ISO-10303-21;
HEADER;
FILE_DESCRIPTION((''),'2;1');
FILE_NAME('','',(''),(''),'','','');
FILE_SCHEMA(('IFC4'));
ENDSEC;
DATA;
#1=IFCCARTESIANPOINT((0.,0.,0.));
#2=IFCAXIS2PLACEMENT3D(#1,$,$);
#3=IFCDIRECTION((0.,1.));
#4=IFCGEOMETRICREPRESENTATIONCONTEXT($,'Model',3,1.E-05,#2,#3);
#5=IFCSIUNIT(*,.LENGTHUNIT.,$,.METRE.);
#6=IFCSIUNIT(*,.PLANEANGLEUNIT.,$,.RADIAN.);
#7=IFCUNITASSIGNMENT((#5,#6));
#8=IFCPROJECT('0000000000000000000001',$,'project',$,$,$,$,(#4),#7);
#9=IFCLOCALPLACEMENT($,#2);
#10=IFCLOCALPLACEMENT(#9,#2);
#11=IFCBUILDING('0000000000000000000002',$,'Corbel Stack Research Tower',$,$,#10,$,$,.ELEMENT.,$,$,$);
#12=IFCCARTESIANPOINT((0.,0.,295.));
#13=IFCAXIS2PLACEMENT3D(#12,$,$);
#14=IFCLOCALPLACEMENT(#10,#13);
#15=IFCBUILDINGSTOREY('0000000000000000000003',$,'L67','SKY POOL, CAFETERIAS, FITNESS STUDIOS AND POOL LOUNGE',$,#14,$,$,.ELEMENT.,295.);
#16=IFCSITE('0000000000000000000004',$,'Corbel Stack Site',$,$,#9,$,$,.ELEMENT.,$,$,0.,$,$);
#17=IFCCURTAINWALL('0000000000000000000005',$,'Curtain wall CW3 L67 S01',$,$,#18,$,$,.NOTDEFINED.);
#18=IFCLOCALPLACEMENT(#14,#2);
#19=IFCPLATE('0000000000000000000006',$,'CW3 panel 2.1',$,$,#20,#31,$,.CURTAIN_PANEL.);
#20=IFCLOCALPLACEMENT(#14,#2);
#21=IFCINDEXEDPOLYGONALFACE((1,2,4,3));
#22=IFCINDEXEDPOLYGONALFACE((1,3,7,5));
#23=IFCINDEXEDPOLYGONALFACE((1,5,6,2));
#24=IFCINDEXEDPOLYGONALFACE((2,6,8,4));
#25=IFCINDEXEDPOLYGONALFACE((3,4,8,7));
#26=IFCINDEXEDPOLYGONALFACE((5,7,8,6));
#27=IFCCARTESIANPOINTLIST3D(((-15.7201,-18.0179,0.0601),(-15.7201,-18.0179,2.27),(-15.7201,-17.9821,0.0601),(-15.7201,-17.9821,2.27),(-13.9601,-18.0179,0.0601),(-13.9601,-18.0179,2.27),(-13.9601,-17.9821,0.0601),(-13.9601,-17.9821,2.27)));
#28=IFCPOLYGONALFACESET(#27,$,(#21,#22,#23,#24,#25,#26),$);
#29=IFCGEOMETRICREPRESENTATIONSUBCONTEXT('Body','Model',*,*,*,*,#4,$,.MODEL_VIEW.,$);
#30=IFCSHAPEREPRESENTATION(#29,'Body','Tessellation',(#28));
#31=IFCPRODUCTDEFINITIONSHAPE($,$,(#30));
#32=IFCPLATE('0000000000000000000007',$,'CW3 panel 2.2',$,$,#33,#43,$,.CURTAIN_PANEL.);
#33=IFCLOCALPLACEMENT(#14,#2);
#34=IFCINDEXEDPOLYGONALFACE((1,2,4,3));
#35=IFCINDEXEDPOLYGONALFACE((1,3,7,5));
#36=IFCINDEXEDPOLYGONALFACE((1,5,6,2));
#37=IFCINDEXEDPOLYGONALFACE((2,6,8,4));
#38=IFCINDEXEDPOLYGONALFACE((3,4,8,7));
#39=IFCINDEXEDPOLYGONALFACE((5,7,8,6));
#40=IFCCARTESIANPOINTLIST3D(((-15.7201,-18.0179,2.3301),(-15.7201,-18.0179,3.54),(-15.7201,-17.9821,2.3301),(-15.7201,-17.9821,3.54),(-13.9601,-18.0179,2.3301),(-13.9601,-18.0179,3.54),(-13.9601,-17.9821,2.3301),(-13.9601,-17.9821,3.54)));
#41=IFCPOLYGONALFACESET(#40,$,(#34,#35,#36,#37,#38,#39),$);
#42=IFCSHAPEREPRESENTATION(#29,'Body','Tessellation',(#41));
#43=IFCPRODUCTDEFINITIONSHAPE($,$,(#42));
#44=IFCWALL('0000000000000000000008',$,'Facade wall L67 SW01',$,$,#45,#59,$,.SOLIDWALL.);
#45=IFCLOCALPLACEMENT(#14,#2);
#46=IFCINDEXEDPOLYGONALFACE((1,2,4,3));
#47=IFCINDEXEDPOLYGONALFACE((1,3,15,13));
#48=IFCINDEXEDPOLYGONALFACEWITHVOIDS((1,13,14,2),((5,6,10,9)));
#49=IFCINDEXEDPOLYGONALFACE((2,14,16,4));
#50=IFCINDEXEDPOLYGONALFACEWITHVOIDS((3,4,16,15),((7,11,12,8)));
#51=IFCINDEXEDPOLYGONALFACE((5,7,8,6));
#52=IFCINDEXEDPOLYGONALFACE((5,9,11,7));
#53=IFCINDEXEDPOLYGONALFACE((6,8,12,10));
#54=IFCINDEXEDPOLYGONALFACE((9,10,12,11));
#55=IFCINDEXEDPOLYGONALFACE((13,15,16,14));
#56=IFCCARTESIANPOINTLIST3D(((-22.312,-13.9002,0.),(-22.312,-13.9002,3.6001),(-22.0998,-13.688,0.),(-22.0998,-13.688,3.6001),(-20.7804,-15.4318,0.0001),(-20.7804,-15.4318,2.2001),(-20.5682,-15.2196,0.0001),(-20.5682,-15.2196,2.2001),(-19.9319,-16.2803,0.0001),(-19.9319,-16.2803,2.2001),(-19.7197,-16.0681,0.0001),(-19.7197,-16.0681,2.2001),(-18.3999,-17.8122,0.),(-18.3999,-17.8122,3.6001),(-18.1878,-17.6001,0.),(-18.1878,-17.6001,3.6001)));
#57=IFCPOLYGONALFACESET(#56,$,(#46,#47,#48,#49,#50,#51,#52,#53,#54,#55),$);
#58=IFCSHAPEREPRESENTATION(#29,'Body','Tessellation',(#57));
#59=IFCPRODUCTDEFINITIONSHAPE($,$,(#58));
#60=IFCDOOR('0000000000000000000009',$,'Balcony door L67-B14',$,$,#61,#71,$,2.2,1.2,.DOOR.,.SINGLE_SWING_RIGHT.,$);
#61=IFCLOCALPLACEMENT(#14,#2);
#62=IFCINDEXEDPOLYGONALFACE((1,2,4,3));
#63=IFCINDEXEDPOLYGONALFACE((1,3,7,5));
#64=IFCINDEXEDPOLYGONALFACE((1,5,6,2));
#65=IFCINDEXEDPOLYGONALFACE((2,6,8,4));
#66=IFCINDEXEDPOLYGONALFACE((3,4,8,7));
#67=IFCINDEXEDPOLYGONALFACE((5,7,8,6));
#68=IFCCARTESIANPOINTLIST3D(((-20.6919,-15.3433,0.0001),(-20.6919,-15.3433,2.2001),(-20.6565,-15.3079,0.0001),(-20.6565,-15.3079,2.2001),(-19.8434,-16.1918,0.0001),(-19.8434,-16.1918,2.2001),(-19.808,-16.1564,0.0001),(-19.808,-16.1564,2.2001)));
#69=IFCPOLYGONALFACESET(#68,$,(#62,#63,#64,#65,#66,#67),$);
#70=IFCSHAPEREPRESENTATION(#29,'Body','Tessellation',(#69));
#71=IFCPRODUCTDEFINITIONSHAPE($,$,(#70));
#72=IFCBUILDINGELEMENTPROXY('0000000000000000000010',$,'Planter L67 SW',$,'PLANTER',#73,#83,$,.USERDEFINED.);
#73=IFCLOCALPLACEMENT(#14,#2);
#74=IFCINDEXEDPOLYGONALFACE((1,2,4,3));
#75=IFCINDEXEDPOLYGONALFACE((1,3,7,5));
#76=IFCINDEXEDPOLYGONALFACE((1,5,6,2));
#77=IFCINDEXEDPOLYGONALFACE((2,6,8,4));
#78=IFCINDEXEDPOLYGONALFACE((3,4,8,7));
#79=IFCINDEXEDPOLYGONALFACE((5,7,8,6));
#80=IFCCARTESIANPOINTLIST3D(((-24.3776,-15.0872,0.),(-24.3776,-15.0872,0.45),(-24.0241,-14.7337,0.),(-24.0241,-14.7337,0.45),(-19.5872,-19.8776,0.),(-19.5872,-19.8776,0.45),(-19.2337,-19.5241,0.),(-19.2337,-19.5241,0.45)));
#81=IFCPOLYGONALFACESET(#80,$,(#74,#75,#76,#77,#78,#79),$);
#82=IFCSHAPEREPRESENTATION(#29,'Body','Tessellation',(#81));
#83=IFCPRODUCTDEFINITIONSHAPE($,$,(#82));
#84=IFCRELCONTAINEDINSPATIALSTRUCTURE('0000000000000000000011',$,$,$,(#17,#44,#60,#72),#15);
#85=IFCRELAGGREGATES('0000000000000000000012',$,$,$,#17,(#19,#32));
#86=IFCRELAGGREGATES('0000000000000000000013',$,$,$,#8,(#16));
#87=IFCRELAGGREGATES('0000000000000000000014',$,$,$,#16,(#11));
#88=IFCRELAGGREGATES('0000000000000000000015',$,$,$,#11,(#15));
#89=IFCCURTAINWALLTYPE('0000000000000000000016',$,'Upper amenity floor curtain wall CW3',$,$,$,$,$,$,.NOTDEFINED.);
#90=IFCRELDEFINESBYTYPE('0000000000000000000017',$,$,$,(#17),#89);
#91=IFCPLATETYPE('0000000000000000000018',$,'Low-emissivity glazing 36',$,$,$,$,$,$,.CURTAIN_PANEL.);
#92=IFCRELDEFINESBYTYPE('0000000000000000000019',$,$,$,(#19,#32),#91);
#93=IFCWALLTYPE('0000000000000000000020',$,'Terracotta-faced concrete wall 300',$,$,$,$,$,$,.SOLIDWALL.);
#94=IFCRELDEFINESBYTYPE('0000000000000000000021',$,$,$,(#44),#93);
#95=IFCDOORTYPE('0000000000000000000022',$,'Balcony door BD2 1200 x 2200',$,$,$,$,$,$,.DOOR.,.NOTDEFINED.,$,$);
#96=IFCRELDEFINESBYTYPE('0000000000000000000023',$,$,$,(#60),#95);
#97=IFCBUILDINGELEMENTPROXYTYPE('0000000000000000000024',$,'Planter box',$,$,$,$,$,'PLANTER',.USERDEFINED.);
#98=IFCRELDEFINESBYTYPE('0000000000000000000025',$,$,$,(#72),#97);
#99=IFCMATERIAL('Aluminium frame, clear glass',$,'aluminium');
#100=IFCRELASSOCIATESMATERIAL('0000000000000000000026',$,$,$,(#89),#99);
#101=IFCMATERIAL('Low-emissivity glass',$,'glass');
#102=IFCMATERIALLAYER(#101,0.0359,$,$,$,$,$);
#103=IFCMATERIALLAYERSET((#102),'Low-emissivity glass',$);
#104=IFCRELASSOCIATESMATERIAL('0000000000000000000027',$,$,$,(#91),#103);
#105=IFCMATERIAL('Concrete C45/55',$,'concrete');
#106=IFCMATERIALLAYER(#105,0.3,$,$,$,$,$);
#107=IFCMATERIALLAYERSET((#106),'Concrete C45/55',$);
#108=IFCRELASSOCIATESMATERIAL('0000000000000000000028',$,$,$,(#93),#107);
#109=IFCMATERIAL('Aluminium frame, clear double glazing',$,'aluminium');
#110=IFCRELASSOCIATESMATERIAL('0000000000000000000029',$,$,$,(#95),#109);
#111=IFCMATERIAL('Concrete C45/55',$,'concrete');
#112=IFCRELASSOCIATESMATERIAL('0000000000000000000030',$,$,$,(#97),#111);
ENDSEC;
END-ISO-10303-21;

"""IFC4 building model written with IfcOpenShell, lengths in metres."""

from ifc_helpers import new_model, si_unit, direction, frame, frame_2d, origin, origin_2d, place, context, subcontext, project, spatial, rectangle, extrude, material, layer, layer_set, type_object, element, fill, aggregate, save


model = new_model("IFC4")

# Units and contexts
model_context = context("Model", 3, precision=1e-05, world=origin(), true_north=direction((0.0, 1.0)))
body_context = subcontext(model_context, "Body", "Model", "MODEL_VIEW")
ifc_project = project(units=[si_unit("LENGTHUNIT", "METRE"), si_unit("PLANEANGLEUNIT", "RADIAN")], contexts=[model_context])

# Site, building, storey
site_placement = place(None, origin())
site = spatial("IfcSite", under=ifc_project, at=site_placement, Name="Corbel Stack Site", CompositionType="ELEMENT", RefElevation=0.0)
building_placement = place(site_placement, origin())
building = spatial("IfcBuilding", under=site, at=building_placement, Name="Corbel Stack Research Tower", CompositionType="ELEMENT")
storey_placement = place(building_placement, frame((0.0, 0.0, 295.0)))
storey = spatial("IfcBuildingStorey", under=building, at=storey_placement, Name="L67", Description="SKY POOL, CAFETERIAS, FITNESS STUDIOS AND POOL LOUNGE", CompositionType="ELEMENT", Elevation=295.0)

# Curtain wall
ifc_material_1 = material(Name="Aluminium frame, clear glass", Category="aluminium")
curtain_wall_type = type_object("IfcCurtainWallType", Name="Upper amenity floor curtain wall CW3", PredefinedType="NOTDEFINED", material=ifc_material_1)
curtain_wall_placement = place(storey_placement, origin())
curtain_wall = element("IfcCurtainWall", 1, at=curtain_wall_placement, inside=storey, type_object=curtain_wall_type, Name="Curtain wall CW3 L67 S01", PredefinedType="NOTDEFINED")

# Plates
ifc_material_2 = material(Name="Low-emissivity glass", Category="glass")
ifc_layer_1 = layer(ifc_material_2, 0.0359)
ifc_layer_set_1 = layer_set([ifc_layer_1], Name="Low-emissivity glass")
plate_type = type_object("IfcPlateType", Name="Low-emissivity glazing 36", PredefinedType="CURTAIN_PANEL", material=ifc_layer_set_1)
plate_1_placement = place(storey_placement, frame((-14.8401, -18.0, 0.0601), z_axis=(0.0, 0.0, 1.0), x_axis=(1.0, 0.0, 0.0)))
plate_1 = element("IfcPlate", 2, at=plate_1_placement, type_object=plate_type, Name="CW3 panel 2.1", PredefinedType="CURTAIN_PANEL", context=body_context, shape_type="SweptSolid", body=[
    extrude(rectangle(XDim=1.76, YDim=0.0359, at=origin_2d()), origin(), (0.0, 0.0, 1.0), 2.21),
])
plate_2_placement = place(storey_placement, frame((-14.8401, -18.0, 2.3301), z_axis=(0.0, 0.0, 1.0), x_axis=(1.0, 0.0, 0.0)))
plate_2 = element("IfcPlate", 3, at=plate_2_placement, type_object=plate_type, Name="CW3 panel 2.2", PredefinedType="CURTAIN_PANEL", context=body_context, shape_type="SweptSolid", body=[
    extrude(rectangle(XDim=1.76, YDim=0.0359, at=origin_2d()), origin(), (0.0, 0.0, 1.0), 1.21),
])
aggregate(curtain_wall, [plate_1, plate_2])

# Wall, opening, door
ifc_material_3 = material(Name="Concrete C45/55", Category="concrete")
ifc_layer_2 = layer(ifc_material_3, 0.3)
ifc_layer_set_2 = layer_set([ifc_layer_2], Name="Concrete C45/55")
wall_type = type_object("IfcWallType", Name="Terracotta-faced concrete wall 300", PredefinedType="SOLIDWALL", material=ifc_layer_set_2)
wall_placement = place(storey_placement, frame((-18.2939, -17.7061, 0.0), z_axis=(0.0, 0.0, 1.0), x_axis=(-0.707107, 0.707107, 0.0)))
wall = element("IfcWall", 4, at=wall_placement, inside=storey, type_object=wall_type, Name="Facade wall L67 SW01", PredefinedType="SOLIDWALL", context=body_context, shape_type="SweptSolid", body=[
    extrude(rectangle(XDim=5.5325, YDim=0.3, at=frame_2d((2.7661, 0.0))), origin(), (0.0, 0.0, 1.0), 3.6001),
])
opening_placement = place(wall_placement, frame((2.1663, 0.0, 0.0)))
opening = element("IfcOpeningElement", 5, at=opening_placement, cuts=wall, PredefinedType="OPENING", context=body_context, shape_type="SweptSolid", body=[
    extrude(rectangle(XDim=1.2, YDim=2.2, at=frame_2d((0.6001, 1.1001))), frame((0.0, 0.1599, 0.0), z_axis=(0.0, -1.0, 0.0), x_axis=(1.0, 0.0, 0.0)), (0.0, 0.0, 1.0), 0.3201),
])
ifc_material_4 = material(Name="Aluminium frame, clear double glazing", Category="aluminium")
door_type = type_object("IfcDoorType", Name="Balcony door BD2 1200 x 2200", OperationType="NOTDEFINED", PredefinedType="DOOR", material=ifc_material_4)
door_placement = place(opening_placement, origin())
door = element("IfcDoor", 6, at=door_placement, inside=storey, type_object=door_type, Name="Balcony door L67-B14", OperationType="SINGLE_SWING_RIGHT", OverallHeight=2.2, OverallWidth=1.2, PredefinedType="DOOR", context=body_context, shape_type="SweptSolid", body=[
    extrude(rectangle(XDim=1.2, YDim=2.2, at=frame_2d((0.6001, 1.1001))), frame((0.0, 0.0249, 0.0), z_axis=(0.0, -1.0, 0.0), x_axis=(1.0, 0.0, 0.0)), (0.0, 0.0, 1.0), 0.05),
])
fill(opening, door)

# Building element proxy
ifc_material_5 = material(Name="Concrete C45/55", Category="concrete")
building_element_proxy_type = type_object("IfcBuildingElementProxyType", Name="Planter box", ElementType="PLANTER", PredefinedType="USERDEFINED", material=ifc_material_5)
proxy_placement = place(storey_placement, frame((-21.8057, -17.3057, 0.0), z_axis=(0.0, 0.0, 1.0), x_axis=(0.707107, -0.707107, 0.0)))
element("IfcBuildingElementProxy", 7, at=proxy_placement, inside=storey, type_object=building_element_proxy_type, Name="Planter L67 SW", ObjectType="PLANTER", PredefinedType="USERDEFINED", context=body_context, shape_type="SweptSolid", body=[
    extrude(rectangle(XDim=6.7747, YDim=0.5, at=origin_2d()), origin(), (0.0, 0.0, 1.0), 0.45),
])

save(model, "model.ifc")
